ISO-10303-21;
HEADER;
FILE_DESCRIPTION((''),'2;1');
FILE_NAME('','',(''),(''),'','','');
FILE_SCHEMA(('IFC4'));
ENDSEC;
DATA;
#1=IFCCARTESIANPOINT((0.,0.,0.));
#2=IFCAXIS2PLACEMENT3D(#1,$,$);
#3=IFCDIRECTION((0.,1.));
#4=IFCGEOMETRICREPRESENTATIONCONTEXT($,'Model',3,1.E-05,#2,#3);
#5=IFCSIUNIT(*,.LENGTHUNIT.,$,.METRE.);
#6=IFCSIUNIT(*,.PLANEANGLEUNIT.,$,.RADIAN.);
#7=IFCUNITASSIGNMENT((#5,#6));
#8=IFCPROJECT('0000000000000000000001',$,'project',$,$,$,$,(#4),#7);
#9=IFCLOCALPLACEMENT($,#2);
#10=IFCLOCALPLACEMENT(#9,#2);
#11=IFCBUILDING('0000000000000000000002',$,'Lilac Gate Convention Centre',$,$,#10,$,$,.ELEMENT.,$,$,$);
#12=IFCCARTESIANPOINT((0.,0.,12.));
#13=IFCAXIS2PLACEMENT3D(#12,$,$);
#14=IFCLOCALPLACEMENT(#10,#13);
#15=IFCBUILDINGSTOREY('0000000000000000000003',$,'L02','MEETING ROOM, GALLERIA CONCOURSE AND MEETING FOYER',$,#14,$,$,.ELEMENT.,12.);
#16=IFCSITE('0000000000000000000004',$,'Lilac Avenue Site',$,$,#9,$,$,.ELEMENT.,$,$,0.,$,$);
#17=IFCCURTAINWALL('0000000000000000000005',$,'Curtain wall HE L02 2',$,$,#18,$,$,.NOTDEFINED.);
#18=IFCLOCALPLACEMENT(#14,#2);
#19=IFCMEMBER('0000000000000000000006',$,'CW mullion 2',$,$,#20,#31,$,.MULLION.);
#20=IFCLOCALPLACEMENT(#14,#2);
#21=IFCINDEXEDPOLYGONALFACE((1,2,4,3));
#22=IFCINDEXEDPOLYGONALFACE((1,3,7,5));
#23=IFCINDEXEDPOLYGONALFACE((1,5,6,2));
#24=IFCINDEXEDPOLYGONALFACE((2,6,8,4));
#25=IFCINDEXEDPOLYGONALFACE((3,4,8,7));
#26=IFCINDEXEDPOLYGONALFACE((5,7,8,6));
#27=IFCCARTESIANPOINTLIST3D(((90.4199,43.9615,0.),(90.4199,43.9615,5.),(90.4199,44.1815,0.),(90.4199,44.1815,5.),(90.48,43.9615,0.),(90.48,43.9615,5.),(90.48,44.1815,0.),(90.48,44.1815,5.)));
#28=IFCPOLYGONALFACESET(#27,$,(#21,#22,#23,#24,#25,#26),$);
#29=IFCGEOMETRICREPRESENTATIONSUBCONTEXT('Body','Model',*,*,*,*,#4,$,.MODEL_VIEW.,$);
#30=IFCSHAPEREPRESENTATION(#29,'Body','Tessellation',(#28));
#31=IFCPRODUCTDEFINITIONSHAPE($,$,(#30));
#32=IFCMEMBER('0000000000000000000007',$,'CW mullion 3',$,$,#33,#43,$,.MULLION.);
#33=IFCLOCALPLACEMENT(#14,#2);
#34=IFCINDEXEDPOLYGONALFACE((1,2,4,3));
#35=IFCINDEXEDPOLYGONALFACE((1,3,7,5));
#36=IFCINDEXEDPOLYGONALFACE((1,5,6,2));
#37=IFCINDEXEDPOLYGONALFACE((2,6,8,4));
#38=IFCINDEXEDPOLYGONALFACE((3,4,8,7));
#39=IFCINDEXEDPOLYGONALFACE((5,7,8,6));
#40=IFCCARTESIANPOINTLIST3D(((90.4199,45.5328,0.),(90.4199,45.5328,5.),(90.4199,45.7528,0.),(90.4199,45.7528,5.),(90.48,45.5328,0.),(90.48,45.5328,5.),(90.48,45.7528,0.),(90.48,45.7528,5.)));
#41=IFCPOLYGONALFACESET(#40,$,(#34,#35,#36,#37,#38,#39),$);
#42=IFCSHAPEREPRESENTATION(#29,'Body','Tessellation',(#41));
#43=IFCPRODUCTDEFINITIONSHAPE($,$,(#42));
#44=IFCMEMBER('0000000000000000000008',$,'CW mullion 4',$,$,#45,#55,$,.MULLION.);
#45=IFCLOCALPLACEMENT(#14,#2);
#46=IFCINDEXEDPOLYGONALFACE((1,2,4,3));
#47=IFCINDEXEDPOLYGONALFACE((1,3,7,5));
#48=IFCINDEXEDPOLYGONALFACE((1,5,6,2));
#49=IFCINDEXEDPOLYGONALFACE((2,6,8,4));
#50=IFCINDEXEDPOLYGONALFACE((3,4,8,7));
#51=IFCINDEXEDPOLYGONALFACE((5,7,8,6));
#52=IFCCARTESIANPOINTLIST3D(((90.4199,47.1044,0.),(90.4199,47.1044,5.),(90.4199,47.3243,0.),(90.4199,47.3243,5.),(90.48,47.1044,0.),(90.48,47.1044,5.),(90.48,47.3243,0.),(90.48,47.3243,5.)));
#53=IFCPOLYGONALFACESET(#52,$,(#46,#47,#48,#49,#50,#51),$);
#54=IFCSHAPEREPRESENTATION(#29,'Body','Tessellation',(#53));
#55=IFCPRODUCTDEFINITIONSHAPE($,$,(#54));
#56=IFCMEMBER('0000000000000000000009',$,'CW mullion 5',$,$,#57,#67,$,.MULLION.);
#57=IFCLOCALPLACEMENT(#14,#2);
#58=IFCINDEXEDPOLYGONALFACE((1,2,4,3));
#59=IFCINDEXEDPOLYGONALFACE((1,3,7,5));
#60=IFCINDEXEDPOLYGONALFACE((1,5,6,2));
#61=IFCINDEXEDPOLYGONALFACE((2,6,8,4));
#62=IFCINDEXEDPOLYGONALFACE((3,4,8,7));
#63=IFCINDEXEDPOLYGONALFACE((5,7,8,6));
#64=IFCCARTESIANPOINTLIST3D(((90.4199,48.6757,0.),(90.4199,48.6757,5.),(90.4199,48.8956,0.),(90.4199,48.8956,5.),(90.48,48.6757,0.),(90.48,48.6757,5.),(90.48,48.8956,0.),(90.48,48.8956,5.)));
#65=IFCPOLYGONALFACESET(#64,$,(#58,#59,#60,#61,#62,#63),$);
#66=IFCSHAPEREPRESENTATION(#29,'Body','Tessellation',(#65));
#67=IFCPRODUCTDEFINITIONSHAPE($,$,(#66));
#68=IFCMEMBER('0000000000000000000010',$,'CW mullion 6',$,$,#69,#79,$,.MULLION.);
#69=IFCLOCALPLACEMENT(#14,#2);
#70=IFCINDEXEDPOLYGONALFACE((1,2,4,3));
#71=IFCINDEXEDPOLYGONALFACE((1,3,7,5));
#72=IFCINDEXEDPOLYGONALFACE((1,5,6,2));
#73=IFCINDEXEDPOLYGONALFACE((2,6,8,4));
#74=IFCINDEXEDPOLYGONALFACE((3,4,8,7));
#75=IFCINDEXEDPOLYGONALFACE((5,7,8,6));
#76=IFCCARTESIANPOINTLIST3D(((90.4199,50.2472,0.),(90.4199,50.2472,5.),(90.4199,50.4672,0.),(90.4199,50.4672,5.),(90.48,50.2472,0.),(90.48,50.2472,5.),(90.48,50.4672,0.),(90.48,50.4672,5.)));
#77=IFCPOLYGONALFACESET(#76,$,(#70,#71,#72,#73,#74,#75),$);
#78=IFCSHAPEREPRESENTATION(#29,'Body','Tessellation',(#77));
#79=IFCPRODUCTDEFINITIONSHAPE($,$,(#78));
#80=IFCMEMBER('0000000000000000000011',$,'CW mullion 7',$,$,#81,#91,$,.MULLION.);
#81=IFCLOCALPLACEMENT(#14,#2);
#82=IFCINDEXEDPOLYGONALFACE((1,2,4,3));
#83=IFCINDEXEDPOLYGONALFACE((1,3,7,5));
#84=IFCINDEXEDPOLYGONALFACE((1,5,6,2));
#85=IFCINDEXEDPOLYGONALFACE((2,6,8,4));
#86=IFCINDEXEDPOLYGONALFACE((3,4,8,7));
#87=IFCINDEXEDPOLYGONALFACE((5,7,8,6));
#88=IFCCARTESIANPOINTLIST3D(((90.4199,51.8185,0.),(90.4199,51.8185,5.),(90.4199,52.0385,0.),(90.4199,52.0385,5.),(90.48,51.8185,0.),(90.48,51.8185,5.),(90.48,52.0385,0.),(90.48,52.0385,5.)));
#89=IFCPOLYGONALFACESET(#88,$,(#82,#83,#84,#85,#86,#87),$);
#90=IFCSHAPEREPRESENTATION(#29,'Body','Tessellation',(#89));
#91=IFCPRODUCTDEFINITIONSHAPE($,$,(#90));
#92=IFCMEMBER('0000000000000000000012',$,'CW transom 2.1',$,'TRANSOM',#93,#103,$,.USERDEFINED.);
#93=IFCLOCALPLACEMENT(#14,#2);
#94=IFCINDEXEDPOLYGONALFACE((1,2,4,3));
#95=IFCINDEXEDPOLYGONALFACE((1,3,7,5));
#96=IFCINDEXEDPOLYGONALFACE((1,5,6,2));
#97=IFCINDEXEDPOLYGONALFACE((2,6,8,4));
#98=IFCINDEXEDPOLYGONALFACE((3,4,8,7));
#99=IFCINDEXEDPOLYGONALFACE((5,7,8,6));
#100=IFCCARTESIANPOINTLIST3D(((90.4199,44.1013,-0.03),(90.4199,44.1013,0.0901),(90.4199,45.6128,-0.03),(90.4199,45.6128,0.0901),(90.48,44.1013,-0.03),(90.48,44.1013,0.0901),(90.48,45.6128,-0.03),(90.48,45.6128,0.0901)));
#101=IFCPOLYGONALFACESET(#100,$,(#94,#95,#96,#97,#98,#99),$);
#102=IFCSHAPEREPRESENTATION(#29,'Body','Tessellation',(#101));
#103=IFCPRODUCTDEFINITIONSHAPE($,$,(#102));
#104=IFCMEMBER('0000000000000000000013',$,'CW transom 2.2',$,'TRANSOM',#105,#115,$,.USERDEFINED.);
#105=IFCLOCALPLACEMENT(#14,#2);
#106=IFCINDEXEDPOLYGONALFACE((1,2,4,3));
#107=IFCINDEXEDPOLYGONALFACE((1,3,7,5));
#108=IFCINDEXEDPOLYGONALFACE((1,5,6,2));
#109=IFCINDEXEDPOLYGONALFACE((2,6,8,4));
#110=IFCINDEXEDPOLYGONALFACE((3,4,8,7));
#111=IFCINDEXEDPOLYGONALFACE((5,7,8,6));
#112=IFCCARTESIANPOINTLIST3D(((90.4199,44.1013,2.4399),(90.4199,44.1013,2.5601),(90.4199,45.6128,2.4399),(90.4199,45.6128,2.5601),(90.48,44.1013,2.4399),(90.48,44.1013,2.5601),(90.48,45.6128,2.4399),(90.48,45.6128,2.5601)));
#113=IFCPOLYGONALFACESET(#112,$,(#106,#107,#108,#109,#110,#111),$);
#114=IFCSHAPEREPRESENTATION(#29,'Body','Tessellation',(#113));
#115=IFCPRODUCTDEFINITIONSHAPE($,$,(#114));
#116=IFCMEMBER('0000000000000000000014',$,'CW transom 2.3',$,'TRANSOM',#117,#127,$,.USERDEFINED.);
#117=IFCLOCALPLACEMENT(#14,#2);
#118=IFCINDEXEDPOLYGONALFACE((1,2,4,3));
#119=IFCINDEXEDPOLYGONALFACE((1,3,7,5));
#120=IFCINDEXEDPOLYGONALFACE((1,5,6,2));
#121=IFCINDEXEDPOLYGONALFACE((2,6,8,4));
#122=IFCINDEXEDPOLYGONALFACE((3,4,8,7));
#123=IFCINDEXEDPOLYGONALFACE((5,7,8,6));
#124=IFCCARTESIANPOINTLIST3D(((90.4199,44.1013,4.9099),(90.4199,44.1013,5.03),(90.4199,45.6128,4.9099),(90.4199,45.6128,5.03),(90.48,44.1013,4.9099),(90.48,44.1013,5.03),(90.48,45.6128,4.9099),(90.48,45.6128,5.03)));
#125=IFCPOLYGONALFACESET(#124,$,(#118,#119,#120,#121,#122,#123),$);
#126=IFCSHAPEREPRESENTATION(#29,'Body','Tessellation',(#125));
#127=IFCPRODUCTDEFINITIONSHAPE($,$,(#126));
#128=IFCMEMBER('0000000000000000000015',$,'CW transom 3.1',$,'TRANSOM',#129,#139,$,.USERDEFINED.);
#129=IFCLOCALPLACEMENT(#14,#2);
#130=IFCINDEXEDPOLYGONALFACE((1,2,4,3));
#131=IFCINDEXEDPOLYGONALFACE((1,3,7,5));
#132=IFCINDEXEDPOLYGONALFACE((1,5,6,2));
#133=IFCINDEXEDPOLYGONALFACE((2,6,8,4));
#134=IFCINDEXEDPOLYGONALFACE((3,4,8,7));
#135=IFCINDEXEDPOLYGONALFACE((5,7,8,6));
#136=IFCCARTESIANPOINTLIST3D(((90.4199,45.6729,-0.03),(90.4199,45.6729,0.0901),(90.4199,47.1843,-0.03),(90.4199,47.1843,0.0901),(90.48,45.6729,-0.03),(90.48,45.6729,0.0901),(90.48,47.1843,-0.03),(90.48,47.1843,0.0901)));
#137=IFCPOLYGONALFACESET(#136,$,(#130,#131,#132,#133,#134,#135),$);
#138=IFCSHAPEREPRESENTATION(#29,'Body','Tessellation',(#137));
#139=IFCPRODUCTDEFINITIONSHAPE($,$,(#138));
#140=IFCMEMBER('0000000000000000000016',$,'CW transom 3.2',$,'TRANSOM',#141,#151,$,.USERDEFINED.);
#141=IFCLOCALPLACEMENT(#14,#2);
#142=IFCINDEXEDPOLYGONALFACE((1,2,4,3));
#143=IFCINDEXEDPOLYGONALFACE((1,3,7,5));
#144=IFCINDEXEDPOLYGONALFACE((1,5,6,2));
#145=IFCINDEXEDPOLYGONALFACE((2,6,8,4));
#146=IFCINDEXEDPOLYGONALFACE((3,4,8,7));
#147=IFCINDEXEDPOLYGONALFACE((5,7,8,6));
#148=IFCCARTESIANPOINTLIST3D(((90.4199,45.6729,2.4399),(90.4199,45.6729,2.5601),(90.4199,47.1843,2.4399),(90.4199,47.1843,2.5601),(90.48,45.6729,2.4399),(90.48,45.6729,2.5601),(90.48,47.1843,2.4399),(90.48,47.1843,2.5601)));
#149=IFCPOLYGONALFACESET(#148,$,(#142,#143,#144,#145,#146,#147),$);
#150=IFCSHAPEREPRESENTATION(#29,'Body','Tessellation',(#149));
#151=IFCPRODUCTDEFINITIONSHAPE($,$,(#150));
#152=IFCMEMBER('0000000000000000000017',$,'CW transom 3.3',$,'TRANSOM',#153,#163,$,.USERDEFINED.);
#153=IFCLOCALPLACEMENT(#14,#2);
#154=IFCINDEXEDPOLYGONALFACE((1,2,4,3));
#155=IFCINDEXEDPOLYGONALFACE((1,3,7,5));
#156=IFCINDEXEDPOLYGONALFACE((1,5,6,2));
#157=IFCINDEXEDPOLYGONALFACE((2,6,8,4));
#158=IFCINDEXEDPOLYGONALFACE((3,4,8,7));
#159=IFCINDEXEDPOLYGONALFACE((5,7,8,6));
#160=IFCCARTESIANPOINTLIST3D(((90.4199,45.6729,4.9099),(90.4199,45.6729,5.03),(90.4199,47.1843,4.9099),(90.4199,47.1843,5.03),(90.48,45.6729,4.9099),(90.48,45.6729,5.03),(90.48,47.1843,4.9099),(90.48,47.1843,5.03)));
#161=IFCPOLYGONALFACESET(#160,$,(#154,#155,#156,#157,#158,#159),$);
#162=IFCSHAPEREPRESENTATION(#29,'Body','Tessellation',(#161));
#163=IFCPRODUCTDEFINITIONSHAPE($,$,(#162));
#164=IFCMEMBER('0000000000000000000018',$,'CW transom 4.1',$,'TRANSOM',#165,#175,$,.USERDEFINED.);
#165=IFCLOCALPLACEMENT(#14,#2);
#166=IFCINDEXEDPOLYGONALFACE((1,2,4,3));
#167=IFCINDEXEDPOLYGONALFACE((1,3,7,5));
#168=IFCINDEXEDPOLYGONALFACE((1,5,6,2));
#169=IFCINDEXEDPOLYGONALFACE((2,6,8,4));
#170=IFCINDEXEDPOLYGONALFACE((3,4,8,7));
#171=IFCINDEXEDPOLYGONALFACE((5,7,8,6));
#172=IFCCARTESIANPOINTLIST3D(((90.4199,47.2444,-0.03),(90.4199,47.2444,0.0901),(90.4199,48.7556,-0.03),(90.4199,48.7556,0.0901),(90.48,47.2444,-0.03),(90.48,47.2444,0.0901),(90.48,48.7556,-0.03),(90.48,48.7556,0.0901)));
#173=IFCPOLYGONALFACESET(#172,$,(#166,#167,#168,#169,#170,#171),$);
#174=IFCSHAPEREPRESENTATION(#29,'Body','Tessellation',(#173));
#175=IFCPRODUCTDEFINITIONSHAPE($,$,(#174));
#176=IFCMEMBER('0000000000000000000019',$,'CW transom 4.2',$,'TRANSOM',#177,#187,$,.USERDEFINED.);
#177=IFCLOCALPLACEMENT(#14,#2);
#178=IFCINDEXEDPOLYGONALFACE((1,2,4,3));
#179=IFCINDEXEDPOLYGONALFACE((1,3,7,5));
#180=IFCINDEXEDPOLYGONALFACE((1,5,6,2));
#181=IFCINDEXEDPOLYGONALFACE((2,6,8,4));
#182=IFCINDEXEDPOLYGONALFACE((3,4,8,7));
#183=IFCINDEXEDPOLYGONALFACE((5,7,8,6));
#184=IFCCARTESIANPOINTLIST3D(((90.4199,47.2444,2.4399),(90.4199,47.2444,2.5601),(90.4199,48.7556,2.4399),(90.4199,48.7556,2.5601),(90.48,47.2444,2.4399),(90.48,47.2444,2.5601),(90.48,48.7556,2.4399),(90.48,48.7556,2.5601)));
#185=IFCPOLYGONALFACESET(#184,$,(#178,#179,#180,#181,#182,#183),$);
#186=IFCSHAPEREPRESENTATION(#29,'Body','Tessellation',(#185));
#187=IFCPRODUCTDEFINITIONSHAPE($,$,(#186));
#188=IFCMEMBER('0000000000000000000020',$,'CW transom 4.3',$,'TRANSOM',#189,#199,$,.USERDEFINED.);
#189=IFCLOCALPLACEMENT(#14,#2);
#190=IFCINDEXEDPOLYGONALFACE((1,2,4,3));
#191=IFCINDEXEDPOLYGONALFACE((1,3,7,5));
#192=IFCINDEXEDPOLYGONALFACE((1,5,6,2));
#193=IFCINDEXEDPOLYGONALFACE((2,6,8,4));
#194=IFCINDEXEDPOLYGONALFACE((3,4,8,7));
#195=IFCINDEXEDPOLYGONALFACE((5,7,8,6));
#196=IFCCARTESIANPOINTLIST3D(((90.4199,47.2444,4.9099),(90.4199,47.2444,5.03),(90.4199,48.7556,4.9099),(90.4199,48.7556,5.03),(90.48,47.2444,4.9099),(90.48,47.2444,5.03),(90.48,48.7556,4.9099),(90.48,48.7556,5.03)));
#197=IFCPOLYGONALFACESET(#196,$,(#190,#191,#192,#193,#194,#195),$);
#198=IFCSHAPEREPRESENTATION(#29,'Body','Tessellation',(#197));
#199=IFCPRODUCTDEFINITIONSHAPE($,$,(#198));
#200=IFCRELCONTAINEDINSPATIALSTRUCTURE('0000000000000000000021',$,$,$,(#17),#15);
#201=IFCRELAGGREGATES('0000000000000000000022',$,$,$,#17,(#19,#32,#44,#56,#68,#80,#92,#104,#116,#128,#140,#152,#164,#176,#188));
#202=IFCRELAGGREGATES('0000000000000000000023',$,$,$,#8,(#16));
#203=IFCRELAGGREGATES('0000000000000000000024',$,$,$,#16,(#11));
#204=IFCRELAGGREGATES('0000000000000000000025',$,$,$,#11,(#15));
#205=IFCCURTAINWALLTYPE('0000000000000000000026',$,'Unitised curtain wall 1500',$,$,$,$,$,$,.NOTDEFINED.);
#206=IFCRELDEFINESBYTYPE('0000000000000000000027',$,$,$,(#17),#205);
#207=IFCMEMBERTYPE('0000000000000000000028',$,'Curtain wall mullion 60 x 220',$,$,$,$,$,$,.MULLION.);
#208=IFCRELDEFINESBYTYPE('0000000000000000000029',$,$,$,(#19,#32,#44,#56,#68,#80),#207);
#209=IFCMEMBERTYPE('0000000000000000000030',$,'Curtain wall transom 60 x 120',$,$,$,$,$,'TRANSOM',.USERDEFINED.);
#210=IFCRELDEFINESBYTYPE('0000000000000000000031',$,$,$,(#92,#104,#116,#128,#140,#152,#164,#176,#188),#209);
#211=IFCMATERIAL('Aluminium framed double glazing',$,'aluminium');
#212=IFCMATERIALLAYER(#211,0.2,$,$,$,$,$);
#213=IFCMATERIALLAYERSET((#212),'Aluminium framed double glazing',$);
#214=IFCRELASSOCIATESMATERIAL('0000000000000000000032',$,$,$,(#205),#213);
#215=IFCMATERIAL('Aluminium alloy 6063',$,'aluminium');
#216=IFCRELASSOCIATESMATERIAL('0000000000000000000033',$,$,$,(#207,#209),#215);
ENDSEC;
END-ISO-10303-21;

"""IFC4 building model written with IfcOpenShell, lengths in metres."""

from ifc_helpers import new_model, si_unit, direction, frame, origin, origin_2d, place, context, subcontext, project, spatial, rectangle, extrude, material, layer, layer_set, material_profile, profile_set, type_object, element, aggregate, save


model = new_model("IFC4")

# Units and contexts
model_context = context("Model", 3, precision=1e-05, world=origin(), true_north=direction((0.0, 1.0)))
body_context = subcontext(model_context, "Body", "Model", "MODEL_VIEW")
ifc_project = project(units=[si_unit("LENGTHUNIT", "METRE"), si_unit("PLANEANGLEUNIT", "RADIAN")], contexts=[model_context])

# Site, building, storey
site_placement = place(None, origin())
site = spatial("IfcSite", under=ifc_project, at=site_placement, Name="Lilac Avenue Site", CompositionType="ELEMENT", RefElevation=0.0)
building_placement = place(site_placement, origin())
building = spatial("IfcBuilding", under=site, at=building_placement, Name="Lilac Gate Convention Centre", CompositionType="ELEMENT")
storey_placement = place(building_placement, frame((0.0, 0.0, 12.0)))
storey = spatial("IfcBuildingStorey", under=building, at=storey_placement, Name="L02", Description="MEETING ROOM, GALLERIA CONCOURSE AND MEETING FOYER", CompositionType="ELEMENT", Elevation=12.0)

# Curtain wall, members
ifc_material_1 = material(Name="Aluminium framed double glazing", Category="aluminium")
ifc_layer_1 = layer(ifc_material_1, 0.2)
ifc_layer_set_1 = layer_set([ifc_layer_1], Name="Aluminium framed double glazing")
curtain_wall_type = type_object("IfcCurtainWallType", Name="Unitised curtain wall 1500", PredefinedType="NOTDEFINED", material=ifc_layer_set_1)
curtain_wall_placement = place(storey_placement, origin())
curtain_wall = element("IfcCurtainWall", 1, at=curtain_wall_placement, inside=storey, type_object=curtain_wall_type, Name="Curtain wall HE L02 2", PredefinedType="NOTDEFINED")
ifc_material_2 = material(Name="Aluminium alloy 6063", Category="aluminium")
ifc_material_profile_1 = material_profile(ifc_material_2, rectangle(XDim=0.0601, YDim=0.22, at=origin_2d()), Name="Curtain wall mullion 60 x 220")
ifc_profile_set_1 = profile_set([ifc_material_profile_1], Name="Aluminium alloy 6063")
member_type_1 = type_object("IfcMemberType", Name="Curtain wall mullion 60 x 220", PredefinedType="MULLION", material=ifc_profile_set_1)
member_1_placement = place(storey_placement, frame((90.45, 44.0715, 0.0), z_axis=(0.0, 0.0, 1.0), x_axis=(-1.0, 0.0, 0.0)))
member_1 = element("IfcMember", 2, at=member_1_placement, type_object=member_type_1, Name="CW mullion 2", PredefinedType="MULLION", context=body_context, shape_type="SweptSolid", body=[
    extrude(rectangle(XDim=0.0601, YDim=0.22, at=origin_2d()), origin(), (0.0, 0.0, 1.0), 5.0),
])
member_2_placement = place(storey_placement, frame((90.45, 45.6428, 0.0), z_axis=(0.0, 0.0, 1.0), x_axis=(-1.0, 0.0, 0.0)))
member_2 = element("IfcMember", 3, at=member_2_placement, type_object=member_type_1, Name="CW mullion 3", PredefinedType="MULLION", context=body_context, shape_type="SweptSolid", body=[
    extrude(rectangle(XDim=0.0601, YDim=0.22, at=origin_2d()), origin(), (0.0, 0.0, 1.0), 5.0),
])
member_3_placement = place(storey_placement, frame((90.45, 47.2144, 0.0), z_axis=(0.0, 0.0, 1.0), x_axis=(-1.0, 0.0, 0.0)))
member_3 = element("IfcMember", 4, at=member_3_placement, type_object=member_type_1, Name="CW mullion 4", PredefinedType="MULLION", context=body_context, shape_type="SweptSolid", body=[
    extrude(rectangle(XDim=0.0601, YDim=0.22, at=origin_2d()), origin(), (0.0, 0.0, 1.0), 5.0),
])
member_4_placement = place(storey_placement, frame((90.45, 48.7856, 0.0), z_axis=(0.0, 0.0, 1.0), x_axis=(-1.0, 0.0, 0.0)))
member_4 = element("IfcMember", 5, at=member_4_placement, type_object=member_type_1, Name="CW mullion 5", PredefinedType="MULLION", context=body_context, shape_type="SweptSolid", body=[
    extrude(rectangle(XDim=0.0601, YDim=0.22, at=origin_2d()), origin(), (0.0, 0.0, 1.0), 5.0),
])
member_5_placement = place(storey_placement, frame((90.45, 50.3572, 0.0), z_axis=(0.0, 0.0, 1.0), x_axis=(-1.0, 0.0, 0.0)))
member_5 = element("IfcMember", 6, at=member_5_placement, type_object=member_type_1, Name="CW mullion 6", PredefinedType="MULLION", context=body_context, shape_type="SweptSolid", body=[
    extrude(rectangle(XDim=0.0601, YDim=0.22, at=origin_2d()), origin(), (0.0, 0.0, 1.0), 5.0),
])
member_6_placement = place(storey_placement, frame((90.45, 51.9285, 0.0), z_axis=(0.0, 0.0, 1.0), x_axis=(-1.0, 0.0, 0.0)))
member_6 = element("IfcMember", 7, at=member_6_placement, type_object=member_type_1, Name="CW mullion 7", PredefinedType="MULLION", context=body_context, shape_type="SweptSolid", body=[
    extrude(rectangle(XDim=0.0601, YDim=0.22, at=origin_2d()), origin(), (0.0, 0.0, 1.0), 5.0),
])
ifc_material_profile_2 = material_profile(ifc_material_2, rectangle(XDim=0.0601, YDim=0.1201, at=origin_2d()), Name="Curtain wall transom 60 x 120")
ifc_profile_set_2 = profile_set([ifc_material_profile_2], Name="Aluminium alloy 6063")
member_type_2 = type_object("IfcMemberType", Name="Curtain wall transom 60 x 120", ElementType="TRANSOM", PredefinedType="USERDEFINED", material=ifc_profile_set_2)
member_7_placement = place(storey_placement, frame((90.45, 44.1013, 0.03), z_axis=(0.0, 1.0, 0.0), x_axis=(-1.0, 0.0, 0.0)))
member_7 = element("IfcMember", 8, at=member_7_placement, type_object=member_type_2, Name="CW transom 2.1", ObjectType="TRANSOM", PredefinedType="USERDEFINED", context=body_context, shape_type="SweptSolid", body=[
    extrude(rectangle(XDim=0.0601, YDim=0.1201, at=origin_2d()), origin(), (0.0, 0.0, 1.0), 1.5115),
])
member_8_placement = place(storey_placement, frame((90.45, 44.1013, 2.5), z_axis=(0.0, 1.0, 0.0), x_axis=(-1.0, 0.0, 0.0)))
member_8 = element("IfcMember", 9, at=member_8_placement, type_object=member_type_2, Name="CW transom 2.2", ObjectType="TRANSOM", PredefinedType="USERDEFINED", context=body_context, shape_type="SweptSolid", body=[
    extrude(rectangle(XDim=0.0601, YDim=0.1201, at=origin_2d()), origin(), (0.0, 0.0, 1.0), 1.5115),
])
member_9_placement = place(storey_placement, frame((90.45, 44.1013, 4.97), z_axis=(0.0, 1.0, 0.0), x_axis=(-1.0, 0.0, 0.0)))
member_9 = element("IfcMember", 10, at=member_9_placement, type_object=member_type_2, Name="CW transom 2.3", ObjectType="TRANSOM", PredefinedType="USERDEFINED", context=body_context, shape_type="SweptSolid", body=[
    extrude(rectangle(XDim=0.0601, YDim=0.1201, at=origin_2d()), origin(), (0.0, 0.0, 1.0), 1.5115),
])
member_10_placement = place(storey_placement, frame((90.45, 45.6729, 0.03), z_axis=(0.0, 1.0, 0.0), x_axis=(-1.0, 0.0, 0.0)))
member_10 = element("IfcMember", 11, at=member_10_placement, type_object=member_type_2, Name="CW transom 3.1", ObjectType="TRANSOM", PredefinedType="USERDEFINED", context=body_context, shape_type="SweptSolid", body=[
    extrude(rectangle(XDim=0.0601, YDim=0.1201, at=origin_2d()), origin(), (0.0, 0.0, 1.0), 1.5115),
])
member_11_placement = place(storey_placement, frame((90.45, 45.6729, 2.5), z_axis=(0.0, 1.0, 0.0), x_axis=(-1.0, 0.0, 0.0)))
member_11 = element("IfcMember", 12, at=member_11_placement, type_object=member_type_2, Name="CW transom 3.2", ObjectType="TRANSOM", PredefinedType="USERDEFINED", context=body_context, shape_type="SweptSolid", body=[
    extrude(rectangle(XDim=0.0601, YDim=0.1201, at=origin_2d()), origin(), (0.0, 0.0, 1.0), 1.5115),
])
member_12_placement = place(storey_placement, frame((90.45, 45.6729, 4.97), z_axis=(0.0, 1.0, 0.0), x_axis=(-1.0, 0.0, 0.0)))
member_12 = element("IfcMember", 13, at=member_12_placement, type_object=member_type_2, Name="CW transom 3.3", ObjectType="TRANSOM", PredefinedType="USERDEFINED", context=body_context, shape_type="SweptSolid", body=[
    extrude(rectangle(XDim=0.0601, YDim=0.1201, at=origin_2d()), origin(), (0.0, 0.0, 1.0), 1.5115),
])
member_13_placement = place(storey_placement, frame((90.45, 47.2444, 0.03), z_axis=(0.0, 1.0, 0.0), x_axis=(-1.0, 0.0, 0.0)))
member_13 = element("IfcMember", 14, at=member_13_placement, type_object=member_type_2, Name="CW transom 4.1", ObjectType="TRANSOM", PredefinedType="USERDEFINED", context=body_context, shape_type="SweptSolid", body=[
    extrude(rectangle(XDim=0.0601, YDim=0.1201, at=origin_2d()), origin(), (0.0, 0.0, 1.0), 1.5112),
])
member_14_placement = place(storey_placement, frame((90.45, 47.2444, 2.5), z_axis=(0.0, 1.0, 0.0), x_axis=(-1.0, 0.0, 0.0)))
member_14 = element("IfcMember", 15, at=member_14_placement, type_object=member_type_2, Name="CW transom 4.2", ObjectType="TRANSOM", PredefinedType="USERDEFINED", context=body_context, shape_type="SweptSolid", body=[
    extrude(rectangle(XDim=0.0601, YDim=0.1201, at=origin_2d()), origin(), (0.0, 0.0, 1.0), 1.5112),
])
member_15_placement = place(storey_placement, frame((90.45, 47.2444, 4.97), z_axis=(0.0, 1.0, 0.0), x_axis=(-1.0, 0.0, 0.0)))
member_15 = element("IfcMember", 16, at=member_15_placement, type_object=member_type_2, Name="CW transom 4.3", ObjectType="TRANSOM", PredefinedType="USERDEFINED", context=body_context, shape_type="SweptSolid", body=[
    extrude(rectangle(XDim=0.0601, YDim=0.1201, at=origin_2d()), origin(), (0.0, 0.0, 1.0), 1.5112),
])
aggregate(curtain_wall, [member_1, member_2, member_3, member_4, member_5, member_6, member_7, member_8, member_9, member_10, member_11, member_12, member_13, member_14, member_15])

save(model, "model.ifc")
